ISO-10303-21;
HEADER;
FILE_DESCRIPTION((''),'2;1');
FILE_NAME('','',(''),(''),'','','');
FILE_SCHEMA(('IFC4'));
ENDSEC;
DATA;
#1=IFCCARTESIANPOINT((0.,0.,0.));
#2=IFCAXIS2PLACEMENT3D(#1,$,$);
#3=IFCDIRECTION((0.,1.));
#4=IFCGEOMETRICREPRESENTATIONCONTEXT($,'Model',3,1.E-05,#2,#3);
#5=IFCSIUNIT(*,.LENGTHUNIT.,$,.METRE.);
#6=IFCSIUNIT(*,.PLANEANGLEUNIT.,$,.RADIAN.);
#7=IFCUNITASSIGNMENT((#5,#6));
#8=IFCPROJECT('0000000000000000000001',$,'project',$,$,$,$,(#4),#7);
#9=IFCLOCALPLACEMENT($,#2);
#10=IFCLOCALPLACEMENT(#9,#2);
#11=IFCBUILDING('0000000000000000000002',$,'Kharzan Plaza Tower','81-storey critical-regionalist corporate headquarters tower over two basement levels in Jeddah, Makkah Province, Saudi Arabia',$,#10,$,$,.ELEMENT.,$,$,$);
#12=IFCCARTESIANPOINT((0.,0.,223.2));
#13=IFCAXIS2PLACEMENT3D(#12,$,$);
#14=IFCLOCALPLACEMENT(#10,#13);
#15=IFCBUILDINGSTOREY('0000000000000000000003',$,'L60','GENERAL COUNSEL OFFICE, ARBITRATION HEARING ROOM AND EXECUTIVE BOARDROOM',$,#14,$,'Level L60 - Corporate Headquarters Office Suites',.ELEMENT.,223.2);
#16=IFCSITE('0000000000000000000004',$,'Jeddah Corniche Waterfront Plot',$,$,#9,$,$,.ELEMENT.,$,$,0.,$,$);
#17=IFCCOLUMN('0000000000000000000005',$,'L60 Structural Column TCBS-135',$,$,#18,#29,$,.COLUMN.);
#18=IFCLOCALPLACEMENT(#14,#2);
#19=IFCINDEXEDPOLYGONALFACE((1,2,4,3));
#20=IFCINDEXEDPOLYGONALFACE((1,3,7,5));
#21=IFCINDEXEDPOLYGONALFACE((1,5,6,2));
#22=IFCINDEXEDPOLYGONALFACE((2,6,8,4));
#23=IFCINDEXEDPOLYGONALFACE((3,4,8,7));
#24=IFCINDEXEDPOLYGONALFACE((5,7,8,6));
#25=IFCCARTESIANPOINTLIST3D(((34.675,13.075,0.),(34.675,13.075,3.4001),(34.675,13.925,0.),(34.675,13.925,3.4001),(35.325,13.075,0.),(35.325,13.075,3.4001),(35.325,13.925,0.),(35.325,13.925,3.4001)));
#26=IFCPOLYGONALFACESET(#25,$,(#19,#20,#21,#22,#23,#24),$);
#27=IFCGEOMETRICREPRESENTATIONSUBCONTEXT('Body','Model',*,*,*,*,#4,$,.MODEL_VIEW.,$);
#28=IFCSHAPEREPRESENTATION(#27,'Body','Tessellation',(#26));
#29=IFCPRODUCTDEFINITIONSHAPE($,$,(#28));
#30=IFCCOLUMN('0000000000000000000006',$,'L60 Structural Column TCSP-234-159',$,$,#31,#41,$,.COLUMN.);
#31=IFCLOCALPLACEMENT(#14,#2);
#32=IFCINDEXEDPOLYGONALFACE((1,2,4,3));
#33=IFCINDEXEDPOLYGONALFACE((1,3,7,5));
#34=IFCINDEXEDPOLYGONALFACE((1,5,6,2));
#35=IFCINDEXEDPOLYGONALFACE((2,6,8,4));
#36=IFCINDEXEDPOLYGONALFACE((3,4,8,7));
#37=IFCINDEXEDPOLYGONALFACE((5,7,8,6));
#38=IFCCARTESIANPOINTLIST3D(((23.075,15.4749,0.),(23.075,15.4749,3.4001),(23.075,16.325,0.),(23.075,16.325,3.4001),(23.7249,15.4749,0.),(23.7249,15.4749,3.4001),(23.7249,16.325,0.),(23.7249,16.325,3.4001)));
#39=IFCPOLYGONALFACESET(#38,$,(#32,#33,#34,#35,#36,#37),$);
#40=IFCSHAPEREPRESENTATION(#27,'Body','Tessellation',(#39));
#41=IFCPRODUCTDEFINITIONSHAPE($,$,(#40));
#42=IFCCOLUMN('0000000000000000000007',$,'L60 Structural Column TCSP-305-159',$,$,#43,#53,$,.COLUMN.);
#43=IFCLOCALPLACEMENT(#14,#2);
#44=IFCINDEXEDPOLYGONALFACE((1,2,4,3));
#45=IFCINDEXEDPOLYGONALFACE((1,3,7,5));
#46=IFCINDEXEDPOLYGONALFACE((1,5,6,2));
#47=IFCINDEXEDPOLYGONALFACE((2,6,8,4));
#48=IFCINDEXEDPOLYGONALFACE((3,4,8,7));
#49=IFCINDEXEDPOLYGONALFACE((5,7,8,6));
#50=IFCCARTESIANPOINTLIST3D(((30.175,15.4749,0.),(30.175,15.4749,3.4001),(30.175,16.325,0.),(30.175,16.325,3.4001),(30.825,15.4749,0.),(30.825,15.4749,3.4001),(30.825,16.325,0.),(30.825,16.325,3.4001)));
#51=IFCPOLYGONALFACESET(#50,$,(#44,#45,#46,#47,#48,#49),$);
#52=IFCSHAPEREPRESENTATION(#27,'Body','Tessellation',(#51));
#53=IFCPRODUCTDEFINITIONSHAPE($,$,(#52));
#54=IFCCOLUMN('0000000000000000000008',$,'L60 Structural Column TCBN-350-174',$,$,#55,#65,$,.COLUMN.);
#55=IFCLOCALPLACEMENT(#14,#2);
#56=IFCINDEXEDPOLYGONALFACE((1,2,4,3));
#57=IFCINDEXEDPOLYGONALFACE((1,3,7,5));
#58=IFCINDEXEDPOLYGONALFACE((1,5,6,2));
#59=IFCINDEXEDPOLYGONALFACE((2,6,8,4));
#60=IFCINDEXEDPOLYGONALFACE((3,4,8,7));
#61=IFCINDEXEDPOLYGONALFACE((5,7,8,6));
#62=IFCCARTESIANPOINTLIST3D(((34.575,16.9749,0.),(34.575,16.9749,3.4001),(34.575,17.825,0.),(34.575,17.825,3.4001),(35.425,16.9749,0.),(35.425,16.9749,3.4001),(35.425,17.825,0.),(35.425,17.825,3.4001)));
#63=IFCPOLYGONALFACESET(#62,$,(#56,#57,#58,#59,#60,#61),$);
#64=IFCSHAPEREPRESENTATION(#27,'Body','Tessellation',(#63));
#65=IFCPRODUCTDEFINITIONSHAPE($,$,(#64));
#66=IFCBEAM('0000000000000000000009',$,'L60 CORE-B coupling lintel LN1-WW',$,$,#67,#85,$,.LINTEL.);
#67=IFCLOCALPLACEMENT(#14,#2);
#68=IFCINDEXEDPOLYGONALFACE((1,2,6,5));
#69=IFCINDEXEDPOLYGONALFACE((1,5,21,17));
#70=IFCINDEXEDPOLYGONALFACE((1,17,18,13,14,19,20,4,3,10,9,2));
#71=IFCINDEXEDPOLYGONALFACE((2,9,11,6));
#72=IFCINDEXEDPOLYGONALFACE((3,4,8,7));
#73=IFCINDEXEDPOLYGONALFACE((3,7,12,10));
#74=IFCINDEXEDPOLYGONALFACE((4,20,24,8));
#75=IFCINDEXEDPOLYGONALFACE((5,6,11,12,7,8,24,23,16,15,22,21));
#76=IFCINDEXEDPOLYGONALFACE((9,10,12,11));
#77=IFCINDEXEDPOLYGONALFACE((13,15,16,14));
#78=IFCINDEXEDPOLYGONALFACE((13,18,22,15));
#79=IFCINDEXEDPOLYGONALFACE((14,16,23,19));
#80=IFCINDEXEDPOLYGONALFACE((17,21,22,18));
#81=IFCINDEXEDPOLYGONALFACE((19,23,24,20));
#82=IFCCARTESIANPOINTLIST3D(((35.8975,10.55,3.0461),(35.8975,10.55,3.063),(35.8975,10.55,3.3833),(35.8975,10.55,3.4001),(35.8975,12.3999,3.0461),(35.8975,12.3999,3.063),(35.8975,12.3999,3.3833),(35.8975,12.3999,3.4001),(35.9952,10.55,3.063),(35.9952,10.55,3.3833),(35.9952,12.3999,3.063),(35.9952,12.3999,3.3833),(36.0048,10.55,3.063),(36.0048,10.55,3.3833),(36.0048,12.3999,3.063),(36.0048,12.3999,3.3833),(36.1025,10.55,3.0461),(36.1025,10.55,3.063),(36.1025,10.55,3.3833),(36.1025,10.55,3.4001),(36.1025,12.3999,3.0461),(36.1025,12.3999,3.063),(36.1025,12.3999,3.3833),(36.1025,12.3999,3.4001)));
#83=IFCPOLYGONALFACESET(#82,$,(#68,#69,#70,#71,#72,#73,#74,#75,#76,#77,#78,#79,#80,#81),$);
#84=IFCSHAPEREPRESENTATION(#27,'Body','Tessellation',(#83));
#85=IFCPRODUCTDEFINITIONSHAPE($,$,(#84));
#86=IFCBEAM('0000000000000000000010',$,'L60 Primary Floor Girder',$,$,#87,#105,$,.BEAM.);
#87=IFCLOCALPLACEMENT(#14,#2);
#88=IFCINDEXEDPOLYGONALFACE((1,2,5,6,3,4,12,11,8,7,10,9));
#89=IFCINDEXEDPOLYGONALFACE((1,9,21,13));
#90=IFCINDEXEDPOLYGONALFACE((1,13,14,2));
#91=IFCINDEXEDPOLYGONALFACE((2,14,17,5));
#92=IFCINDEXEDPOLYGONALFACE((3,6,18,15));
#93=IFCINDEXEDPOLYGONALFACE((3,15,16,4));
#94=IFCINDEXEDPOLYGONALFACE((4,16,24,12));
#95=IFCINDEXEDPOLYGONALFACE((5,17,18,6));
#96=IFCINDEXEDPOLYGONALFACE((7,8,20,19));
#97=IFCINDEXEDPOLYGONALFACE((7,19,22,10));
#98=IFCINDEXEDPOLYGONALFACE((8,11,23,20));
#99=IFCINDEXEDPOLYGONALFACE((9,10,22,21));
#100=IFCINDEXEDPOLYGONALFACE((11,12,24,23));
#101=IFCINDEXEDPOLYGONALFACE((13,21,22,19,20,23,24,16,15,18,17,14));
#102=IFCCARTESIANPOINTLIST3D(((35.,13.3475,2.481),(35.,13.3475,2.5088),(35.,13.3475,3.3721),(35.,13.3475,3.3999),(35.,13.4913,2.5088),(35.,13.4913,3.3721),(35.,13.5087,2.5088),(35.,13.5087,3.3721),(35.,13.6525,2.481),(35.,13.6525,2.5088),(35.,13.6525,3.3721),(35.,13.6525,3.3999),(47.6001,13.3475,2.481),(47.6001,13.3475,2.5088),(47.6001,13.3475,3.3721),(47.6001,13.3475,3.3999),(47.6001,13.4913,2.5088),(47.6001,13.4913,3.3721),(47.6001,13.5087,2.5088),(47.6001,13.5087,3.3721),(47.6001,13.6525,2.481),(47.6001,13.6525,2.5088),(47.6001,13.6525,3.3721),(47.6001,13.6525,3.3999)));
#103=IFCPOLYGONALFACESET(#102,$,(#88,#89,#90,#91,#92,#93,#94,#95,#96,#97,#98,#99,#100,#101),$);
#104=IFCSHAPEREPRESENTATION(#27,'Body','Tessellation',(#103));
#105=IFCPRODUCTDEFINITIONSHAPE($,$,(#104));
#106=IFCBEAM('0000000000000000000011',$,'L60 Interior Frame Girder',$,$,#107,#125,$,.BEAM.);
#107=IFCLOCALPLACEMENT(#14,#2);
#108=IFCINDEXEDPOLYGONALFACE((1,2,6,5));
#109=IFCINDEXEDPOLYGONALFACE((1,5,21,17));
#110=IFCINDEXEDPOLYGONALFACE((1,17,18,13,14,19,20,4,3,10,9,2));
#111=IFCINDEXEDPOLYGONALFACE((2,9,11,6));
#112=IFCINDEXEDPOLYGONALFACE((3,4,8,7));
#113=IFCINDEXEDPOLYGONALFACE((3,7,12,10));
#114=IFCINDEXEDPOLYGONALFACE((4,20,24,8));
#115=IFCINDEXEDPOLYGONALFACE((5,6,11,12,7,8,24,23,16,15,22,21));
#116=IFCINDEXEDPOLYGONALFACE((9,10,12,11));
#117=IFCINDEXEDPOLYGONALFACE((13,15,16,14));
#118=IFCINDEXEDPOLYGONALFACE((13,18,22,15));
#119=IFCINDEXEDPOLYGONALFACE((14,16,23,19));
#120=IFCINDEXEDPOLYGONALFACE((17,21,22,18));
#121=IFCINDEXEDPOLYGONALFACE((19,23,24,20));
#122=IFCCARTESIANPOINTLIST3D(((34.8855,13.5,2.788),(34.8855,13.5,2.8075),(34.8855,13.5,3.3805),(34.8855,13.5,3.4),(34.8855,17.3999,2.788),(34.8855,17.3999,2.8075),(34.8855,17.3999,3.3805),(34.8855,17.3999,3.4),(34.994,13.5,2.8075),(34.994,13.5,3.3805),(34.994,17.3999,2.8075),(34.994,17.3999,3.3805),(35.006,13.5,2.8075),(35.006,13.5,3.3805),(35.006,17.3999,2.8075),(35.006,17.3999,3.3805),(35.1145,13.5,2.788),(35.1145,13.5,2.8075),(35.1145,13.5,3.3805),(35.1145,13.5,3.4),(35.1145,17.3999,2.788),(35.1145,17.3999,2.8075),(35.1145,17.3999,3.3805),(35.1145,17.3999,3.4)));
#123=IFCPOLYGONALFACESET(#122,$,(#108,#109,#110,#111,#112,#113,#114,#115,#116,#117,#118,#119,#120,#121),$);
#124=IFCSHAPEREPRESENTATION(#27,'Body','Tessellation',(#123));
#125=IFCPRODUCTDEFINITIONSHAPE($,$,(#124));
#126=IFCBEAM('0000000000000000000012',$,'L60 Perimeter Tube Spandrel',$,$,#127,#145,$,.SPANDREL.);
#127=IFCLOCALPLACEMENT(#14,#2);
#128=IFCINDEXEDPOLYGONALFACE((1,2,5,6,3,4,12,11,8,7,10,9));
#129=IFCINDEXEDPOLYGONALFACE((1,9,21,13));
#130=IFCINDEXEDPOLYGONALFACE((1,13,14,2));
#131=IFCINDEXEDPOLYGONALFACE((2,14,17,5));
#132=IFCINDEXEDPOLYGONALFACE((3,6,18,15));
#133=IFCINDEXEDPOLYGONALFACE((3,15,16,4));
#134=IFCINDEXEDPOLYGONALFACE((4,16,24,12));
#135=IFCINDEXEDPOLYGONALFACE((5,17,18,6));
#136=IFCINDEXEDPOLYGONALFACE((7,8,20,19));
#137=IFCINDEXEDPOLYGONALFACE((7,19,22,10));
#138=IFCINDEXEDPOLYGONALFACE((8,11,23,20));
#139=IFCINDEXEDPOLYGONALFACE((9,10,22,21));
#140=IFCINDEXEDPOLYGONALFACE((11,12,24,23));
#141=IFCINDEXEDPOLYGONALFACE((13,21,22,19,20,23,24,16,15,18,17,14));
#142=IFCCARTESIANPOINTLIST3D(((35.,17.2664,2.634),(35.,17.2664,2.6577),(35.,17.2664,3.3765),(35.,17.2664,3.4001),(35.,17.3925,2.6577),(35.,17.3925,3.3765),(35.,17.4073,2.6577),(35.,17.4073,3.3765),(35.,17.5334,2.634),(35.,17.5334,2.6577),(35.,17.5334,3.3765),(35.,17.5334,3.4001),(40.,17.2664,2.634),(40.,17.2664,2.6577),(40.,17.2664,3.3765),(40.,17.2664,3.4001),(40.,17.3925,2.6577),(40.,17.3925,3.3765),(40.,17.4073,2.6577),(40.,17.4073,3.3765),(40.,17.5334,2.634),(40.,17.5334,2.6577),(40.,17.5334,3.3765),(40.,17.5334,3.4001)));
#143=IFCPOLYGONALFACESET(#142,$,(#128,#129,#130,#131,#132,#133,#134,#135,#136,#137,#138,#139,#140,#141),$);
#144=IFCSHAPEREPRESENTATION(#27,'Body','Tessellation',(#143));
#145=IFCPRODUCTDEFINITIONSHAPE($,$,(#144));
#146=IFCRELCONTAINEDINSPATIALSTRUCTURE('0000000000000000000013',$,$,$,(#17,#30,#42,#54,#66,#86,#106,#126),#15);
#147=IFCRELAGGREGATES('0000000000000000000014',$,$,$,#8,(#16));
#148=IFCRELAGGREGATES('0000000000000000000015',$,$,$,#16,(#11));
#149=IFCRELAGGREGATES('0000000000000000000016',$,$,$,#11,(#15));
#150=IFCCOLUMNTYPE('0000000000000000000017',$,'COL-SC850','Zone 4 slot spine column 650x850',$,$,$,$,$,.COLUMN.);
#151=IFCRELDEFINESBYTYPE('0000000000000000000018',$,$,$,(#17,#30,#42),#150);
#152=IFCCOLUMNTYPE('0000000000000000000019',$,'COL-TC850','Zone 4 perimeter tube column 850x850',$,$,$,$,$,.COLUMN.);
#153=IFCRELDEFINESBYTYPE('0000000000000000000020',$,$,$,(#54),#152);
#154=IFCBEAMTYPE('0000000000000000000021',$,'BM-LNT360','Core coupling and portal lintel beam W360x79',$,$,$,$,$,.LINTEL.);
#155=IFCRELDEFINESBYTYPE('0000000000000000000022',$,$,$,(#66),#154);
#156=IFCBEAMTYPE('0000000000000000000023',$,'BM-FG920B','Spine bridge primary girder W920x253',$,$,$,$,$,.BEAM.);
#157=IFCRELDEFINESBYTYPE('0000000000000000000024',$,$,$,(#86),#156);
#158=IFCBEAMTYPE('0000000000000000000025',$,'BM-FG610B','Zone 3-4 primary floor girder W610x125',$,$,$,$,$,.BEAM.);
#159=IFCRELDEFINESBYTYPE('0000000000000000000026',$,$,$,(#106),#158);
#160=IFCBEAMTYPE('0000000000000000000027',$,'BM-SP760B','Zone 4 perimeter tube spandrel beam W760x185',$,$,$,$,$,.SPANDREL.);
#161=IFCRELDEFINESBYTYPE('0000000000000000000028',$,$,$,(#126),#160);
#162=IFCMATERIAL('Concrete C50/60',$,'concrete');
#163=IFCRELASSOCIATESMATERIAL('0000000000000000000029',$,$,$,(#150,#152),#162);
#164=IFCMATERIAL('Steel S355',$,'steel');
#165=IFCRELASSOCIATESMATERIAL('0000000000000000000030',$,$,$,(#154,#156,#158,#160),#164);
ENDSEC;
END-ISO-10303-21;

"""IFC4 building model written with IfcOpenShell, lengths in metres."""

from ifc_helpers import new_model, si_unit, direction, frame, origin, origin_2d, place, context, subcontext, project, spatial, rectangle, i_section, extrude, source, transform, mapped, material, material_profile, profile_set, type_object, element, save


model = new_model("IFC4")

# Units and contexts
model_context = context("Model", 3, precision=1e-05, world=origin(), true_north=direction((0.0, 1.0)))
body_context = subcontext(model_context, "Body", "Model", "MODEL_VIEW")
ifc_project = project(units=[si_unit("LENGTHUNIT", "METRE"), si_unit("PLANEANGLEUNIT", "RADIAN")], contexts=[model_context])

# Site, building, storey
site_placement = place(None, origin())
site = spatial("IfcSite", under=ifc_project, at=site_placement, Name="Jeddah Corniche Waterfront Plot", CompositionType="ELEMENT", RefElevation=0.0)
building_placement = place(site_placement, origin())
building = spatial("IfcBuilding", under=site, at=building_placement, Name="Kharzan Plaza Tower", Description="81-storey critical-regionalist corporate headquarters tower over two basement levels in Jeddah, Makkah Province, Saudi Arabia", CompositionType="ELEMENT")
storey_placement = place(building_placement, frame((0.0, 0.0, 223.2)))
storey = spatial("IfcBuildingStorey", under=building, at=storey_placement, Name="L60", Description="GENERAL COUNSEL OFFICE, ARBITRATION HEARING ROOM AND EXECUTIVE BOARDROOM", LongName="Level L60 - Corporate Headquarters Office Suites", CompositionType="ELEMENT", Elevation=223.2)

# Columns
ifc_material_1 = material(Name="Concrete C50/60", Category="concrete")
ifc_material_profile_1 = material_profile(ifc_material_1, rectangle(XDim=0.6499, YDim=0.8501, at=origin_2d()), Name="RC-SC850x650")
ifc_profile_set_1 = profile_set([ifc_material_profile_1], Name="Concrete C50/60")
column_type_1 = type_object("IfcColumnType", Name="COL-SC850", Description="Zone 4 slot spine column 650x850", PredefinedType="COLUMN", material=ifc_profile_set_1)
shared_shape_1 = source(origin(), body_context, "Body", "SweptSolid", [
    extrude(rectangle(XDim=0.6499, YDim=0.8501, at=origin_2d()), origin(), (0.0, 0.0, 1.0), 3.4001),
])
for number, where, z_axis, x_axis, name in (
    (1, (35.0, 13.5, 0.0), (0.0, 0.0, 1.0), (1.0, 0.0, 0.0), "L60 Structural Column TCBS-135"),
    (2, (23.3999, 15.8999, 0.0), (0.0, 0.0, 1.0), (1.0, 0.0, 0.0), "L60 Structural Column TCSP-234-159"),
    (3, (30.5, 15.8999, 0.0), (0.0, 0.0, 1.0), (1.0, 0.0, 0.0), "L60 Structural Column TCSP-305-159"),
):
    element("IfcColumn", number, at=place(storey_placement, frame(where, z_axis=z_axis, x_axis=x_axis)), inside=storey, type_object=column_type_1, Name=name, PredefinedType="COLUMN", context=body_context, shape_type="MappedRepresentation", body=[
        mapped(shared_shape_1, transform((0.0, 0.0, 0.0), x_axis=(1.0, 0.0, 0.0), y_axis=(0.0, 1.0, 0.0), z_axis=(0.0, 0.0, 1.0))),
    ])
ifc_material_profile_2 = material_profile(ifc_material_1, rectangle(XDim=0.8501, YDim=0.8501, at=origin_2d()), Name="RC-TC850x850")
ifc_profile_set_2 = profile_set([ifc_material_profile_2], Name="Concrete C50/60")
column_type_2 = type_object("IfcColumnType", Name="COL-TC850", Description="Zone 4 perimeter tube column 850x850", PredefinedType="COLUMN", material=ifc_profile_set_2)
shared_shape_2 = source(origin(), body_context, "Body", "SweptSolid", [
    extrude(rectangle(XDim=0.8501, YDim=0.8501, at=origin_2d()), origin(), (0.0, 0.0, 1.0), 3.4001),
])
column_placement = place(storey_placement, frame((35.0, 17.3999, 0.0), z_axis=(0.0, 0.0, 1.0), x_axis=(1.0, 0.0, 0.0)))
element("IfcColumn", 4, at=column_placement, inside=storey, type_object=column_type_2, Name="L60 Structural Column TCBN-350-174", PredefinedType="COLUMN", context=body_context, shape_type="MappedRepresentation", body=[
    mapped(shared_shape_2, transform((0.0, 0.0, 0.0), x_axis=(1.0, 0.0, 0.0), y_axis=(0.0, 1.0, 0.0), z_axis=(0.0, 0.0, 1.0))),
])

# Beams
ifc_material_2 = material(Name="Steel S355", Category="steel")
ifc_material_profile_3 = material_profile(ifc_material_2, i_section(OverallWidth=0.2051, OverallDepth=0.354, WebThickness=0.0095, FlangeThickness=0.0168, at=origin_2d()), Name="W360x79")
ifc_profile_set_3 = profile_set([ifc_material_profile_3], Name="Steel S355")
beam_type_1 = type_object("IfcBeamType", Name="BM-LNT360", Description="Core coupling and portal lintel beam W360x79", PredefinedType="LINTEL", material=ifc_profile_set_3)
shared_shape_3 = source(origin(), body_context, "Body", "SweptSolid", [
    extrude(i_section(OverallWidth=0.2051, OverallDepth=0.354, WebThickness=0.0095, FlangeThickness=0.0168, at=origin_2d()), origin(), (0.0, 0.0, 1.0), 1.8499),
])
beam_1_placement = place(storey_placement, frame((36.0, 10.55, 3.2231), z_axis=(0.0, 1.0, 0.0), x_axis=(-1.0, 0.0, 0.0)))
element("IfcBeam", 5, at=beam_1_placement, inside=storey, type_object=beam_type_1, Name="L60 CORE-B coupling lintel LN1-WW", PredefinedType="LINTEL", context=body_context, shape_type="MappedRepresentation", body=[
    mapped(shared_shape_3, transform((0.0, 0.0, 0.0), x_axis=(1.0, 0.0, 0.0), y_axis=(0.0, 1.0, 0.0), z_axis=(0.0, 0.0, 1.0))),
])
ifc_material_profile_4 = material_profile(ifc_material_2, i_section(OverallWidth=0.3049, OverallDepth=0.9189, WebThickness=0.0173, FlangeThickness=0.0278, at=origin_2d()), Name="W920x253")
ifc_profile_set_4 = profile_set([ifc_material_profile_4], Name="Steel S355")
beam_type_2 = type_object("IfcBeamType", Name="BM-FG920B", Description="Spine bridge primary girder W920x253", PredefinedType="BEAM", material=ifc_profile_set_4)
shared_shape_4 = source(origin(), body_context, "Body", "SweptSolid", [
    extrude(i_section(OverallWidth=0.3049, OverallDepth=0.9189, WebThickness=0.0173, FlangeThickness=0.0278, at=origin_2d()), origin(), (0.0, 0.0, 1.0), 12.6001),
])
beam_2_placement = place(storey_placement, frame((35.0, 13.5, 2.9404), z_axis=(1.0, 0.0, 0.0), x_axis=(0.0, 1.0, 0.0)))
element("IfcBeam", 6, at=beam_2_placement, inside=storey, type_object=beam_type_2, Name="L60 Primary Floor Girder", PredefinedType="BEAM", context=body_context, shape_type="MappedRepresentation", body=[
    mapped(shared_shape_4, transform((0.0, 0.0, 0.0), x_axis=(1.0, 0.0, 0.0), y_axis=(0.0, 1.0, 0.0), z_axis=(0.0, 0.0, 1.0))),
])
ifc_material_profile_5 = material_profile(ifc_material_2, i_section(OverallWidth=0.229, OverallDepth=0.6121, WebThickness=0.012, FlangeThickness=0.0195, at=origin_2d()), Name="W610x125")
ifc_profile_set_5 = profile_set([ifc_material_profile_5], Name="Steel S355")
beam_type_3 = type_object("IfcBeamType", Name="BM-FG610B", Description="Zone 3-4 primary floor girder W610x125", PredefinedType="BEAM", material=ifc_profile_set_5)
shared_shape_5 = source(origin(), body_context, "Body", "SweptSolid", [
    extrude(i_section(OverallWidth=0.229, OverallDepth=0.6121, WebThickness=0.012, FlangeThickness=0.0195, at=origin_2d()), origin(), (0.0, 0.0, 1.0), 3.8999),
])
beam_3_placement = place(storey_placement, frame((35.0, 13.5, 3.094), z_axis=(0.0, 1.0, 0.0), x_axis=(-1.0, 0.0, 0.0)))
element("IfcBeam", 7, at=beam_3_placement, inside=storey, type_object=beam_type_3, Name="L60 Interior Frame Girder", PredefinedType="BEAM", context=body_context, shape_type="MappedRepresentation", body=[
    mapped(shared_shape_5, transform((0.0, 0.0, 0.0), x_axis=(1.0, 0.0, 0.0), y_axis=(0.0, 1.0, 0.0), z_axis=(0.0, 0.0, 1.0))),
])
ifc_material_profile_6 = material_profile(ifc_material_2, i_section(OverallWidth=0.2671, OverallDepth=0.7661, WebThickness=0.0149, FlangeThickness=0.0237, at=origin_2d()), Name="W760x185")
ifc_profile_set_6 = profile_set([ifc_material_profile_6], Name="Steel S355")
beam_type_4 = type_object("IfcBeamType", Name="BM-SP760B", Description="Zone 4 perimeter tube spandrel beam W760x185", PredefinedType="SPANDREL", material=ifc_profile_set_6)
shared_shape_6 = source(origin(), body_context, "Body", "SweptSolid", [
    extrude(i_section(OverallWidth=0.2671, OverallDepth=0.7661, WebThickness=0.0149, FlangeThickness=0.0237, at=origin_2d()), origin(), (0.0, 0.0, 1.0), 5.0),
])
beam_4_placement = place(storey_placement, frame((35.0, 17.3999, 3.0171), z_axis=(1.0, 0.0, 0.0), x_axis=(0.0, 1.0, 0.0)))
element("IfcBeam", 8, at=beam_4_placement, inside=storey, type_object=beam_type_4, Name="L60 Perimeter Tube Spandrel", PredefinedType="SPANDREL", context=body_context, shape_type="MappedRepresentation", body=[
    mapped(shared_shape_6, transform((0.0, 0.0, 0.0), x_axis=(1.0, 0.0, 0.0), y_axis=(0.0, 1.0, 0.0), z_axis=(0.0, 0.0, 1.0))),
])

save(model, "model.ifc")
